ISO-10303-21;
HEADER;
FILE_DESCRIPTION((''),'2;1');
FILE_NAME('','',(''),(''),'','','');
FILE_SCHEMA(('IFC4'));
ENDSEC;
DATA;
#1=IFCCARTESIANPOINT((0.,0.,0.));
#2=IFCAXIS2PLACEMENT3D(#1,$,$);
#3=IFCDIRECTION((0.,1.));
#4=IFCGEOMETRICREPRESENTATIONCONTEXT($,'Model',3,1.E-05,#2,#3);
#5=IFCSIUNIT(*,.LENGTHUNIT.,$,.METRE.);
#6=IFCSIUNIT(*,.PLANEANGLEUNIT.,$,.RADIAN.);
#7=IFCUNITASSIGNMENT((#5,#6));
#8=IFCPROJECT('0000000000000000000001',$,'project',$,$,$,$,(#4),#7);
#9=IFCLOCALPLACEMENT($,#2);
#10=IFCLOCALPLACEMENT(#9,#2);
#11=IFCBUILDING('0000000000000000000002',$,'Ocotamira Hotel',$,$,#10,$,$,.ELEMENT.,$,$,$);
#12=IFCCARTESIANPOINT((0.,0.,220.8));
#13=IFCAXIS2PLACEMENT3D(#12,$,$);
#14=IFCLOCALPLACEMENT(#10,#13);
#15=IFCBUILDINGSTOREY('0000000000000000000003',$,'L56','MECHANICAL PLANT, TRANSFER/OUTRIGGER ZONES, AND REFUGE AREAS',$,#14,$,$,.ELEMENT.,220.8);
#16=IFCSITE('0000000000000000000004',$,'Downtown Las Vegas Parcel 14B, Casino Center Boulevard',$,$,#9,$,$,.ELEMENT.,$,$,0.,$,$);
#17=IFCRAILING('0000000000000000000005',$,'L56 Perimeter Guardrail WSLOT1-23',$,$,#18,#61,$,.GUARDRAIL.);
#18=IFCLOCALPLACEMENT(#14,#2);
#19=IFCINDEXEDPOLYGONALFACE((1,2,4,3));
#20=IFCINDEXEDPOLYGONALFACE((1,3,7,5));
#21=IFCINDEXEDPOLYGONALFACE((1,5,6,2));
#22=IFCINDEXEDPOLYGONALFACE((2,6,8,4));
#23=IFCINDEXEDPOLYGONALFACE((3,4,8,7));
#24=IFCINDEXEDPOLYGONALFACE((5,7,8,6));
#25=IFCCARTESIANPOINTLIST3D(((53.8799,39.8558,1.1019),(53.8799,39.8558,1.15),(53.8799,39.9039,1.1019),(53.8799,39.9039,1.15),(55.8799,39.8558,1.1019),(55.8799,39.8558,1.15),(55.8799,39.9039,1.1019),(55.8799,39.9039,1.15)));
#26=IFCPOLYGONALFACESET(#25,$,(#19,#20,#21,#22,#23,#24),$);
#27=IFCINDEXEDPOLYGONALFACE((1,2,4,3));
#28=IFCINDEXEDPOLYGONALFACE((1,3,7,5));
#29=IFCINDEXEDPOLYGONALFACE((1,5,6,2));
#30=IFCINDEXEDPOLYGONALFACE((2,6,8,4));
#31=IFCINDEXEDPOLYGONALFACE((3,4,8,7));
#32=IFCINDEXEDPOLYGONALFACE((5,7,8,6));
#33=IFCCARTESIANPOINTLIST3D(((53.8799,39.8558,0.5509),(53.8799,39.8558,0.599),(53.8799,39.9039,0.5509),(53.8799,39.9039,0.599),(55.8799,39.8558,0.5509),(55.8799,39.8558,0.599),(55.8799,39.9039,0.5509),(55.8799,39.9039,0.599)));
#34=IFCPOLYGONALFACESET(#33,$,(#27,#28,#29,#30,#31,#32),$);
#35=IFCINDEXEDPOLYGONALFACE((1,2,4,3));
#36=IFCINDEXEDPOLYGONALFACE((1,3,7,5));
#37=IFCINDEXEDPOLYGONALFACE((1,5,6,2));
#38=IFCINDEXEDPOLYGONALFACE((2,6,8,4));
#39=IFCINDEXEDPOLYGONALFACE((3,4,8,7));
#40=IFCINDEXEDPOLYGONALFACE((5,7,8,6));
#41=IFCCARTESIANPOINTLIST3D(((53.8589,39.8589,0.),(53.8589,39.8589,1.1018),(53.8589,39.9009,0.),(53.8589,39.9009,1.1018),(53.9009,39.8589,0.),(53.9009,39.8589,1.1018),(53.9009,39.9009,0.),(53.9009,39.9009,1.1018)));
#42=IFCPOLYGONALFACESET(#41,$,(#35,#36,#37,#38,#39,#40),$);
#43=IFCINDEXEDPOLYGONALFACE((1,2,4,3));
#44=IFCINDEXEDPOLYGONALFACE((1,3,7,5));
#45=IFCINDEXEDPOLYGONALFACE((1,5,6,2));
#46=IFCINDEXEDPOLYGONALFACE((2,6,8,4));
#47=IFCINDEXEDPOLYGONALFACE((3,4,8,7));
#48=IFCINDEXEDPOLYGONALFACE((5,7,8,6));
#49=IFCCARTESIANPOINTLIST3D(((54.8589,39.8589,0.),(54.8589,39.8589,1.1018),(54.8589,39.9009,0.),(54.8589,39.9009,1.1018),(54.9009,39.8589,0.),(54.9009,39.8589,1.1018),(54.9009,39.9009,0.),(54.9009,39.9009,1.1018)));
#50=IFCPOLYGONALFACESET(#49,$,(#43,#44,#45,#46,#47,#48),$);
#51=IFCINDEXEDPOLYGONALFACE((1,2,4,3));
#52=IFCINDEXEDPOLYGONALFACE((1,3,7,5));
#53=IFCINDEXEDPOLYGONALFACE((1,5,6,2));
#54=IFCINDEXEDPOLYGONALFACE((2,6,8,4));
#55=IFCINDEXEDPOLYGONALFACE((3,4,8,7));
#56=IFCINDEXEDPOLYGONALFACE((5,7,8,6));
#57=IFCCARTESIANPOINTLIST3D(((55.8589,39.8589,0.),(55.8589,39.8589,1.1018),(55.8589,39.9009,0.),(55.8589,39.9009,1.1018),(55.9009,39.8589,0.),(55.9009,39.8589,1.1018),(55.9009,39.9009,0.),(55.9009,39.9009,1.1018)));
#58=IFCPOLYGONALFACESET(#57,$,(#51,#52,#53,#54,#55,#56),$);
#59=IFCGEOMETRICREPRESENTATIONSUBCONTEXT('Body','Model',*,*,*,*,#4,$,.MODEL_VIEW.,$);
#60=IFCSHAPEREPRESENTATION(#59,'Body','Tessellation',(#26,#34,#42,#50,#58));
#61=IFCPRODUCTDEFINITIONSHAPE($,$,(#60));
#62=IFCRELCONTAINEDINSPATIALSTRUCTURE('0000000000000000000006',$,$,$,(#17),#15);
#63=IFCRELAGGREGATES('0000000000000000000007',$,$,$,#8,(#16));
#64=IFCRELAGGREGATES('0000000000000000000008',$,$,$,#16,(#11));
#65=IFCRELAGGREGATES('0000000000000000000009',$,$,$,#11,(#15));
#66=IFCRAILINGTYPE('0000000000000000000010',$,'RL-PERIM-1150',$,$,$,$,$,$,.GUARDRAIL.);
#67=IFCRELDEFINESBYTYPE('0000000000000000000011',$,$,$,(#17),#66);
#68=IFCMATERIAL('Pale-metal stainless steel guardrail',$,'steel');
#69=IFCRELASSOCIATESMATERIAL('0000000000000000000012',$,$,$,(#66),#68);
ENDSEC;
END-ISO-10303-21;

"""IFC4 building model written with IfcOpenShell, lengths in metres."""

from ifc_helpers import new_model, si_unit, direction, frame, origin, origin_2d, place, context, subcontext, project, spatial, rectangle, extrude, material, type_object, element, save


model = new_model("IFC4")

# Units and contexts
model_context = context("Model", 3, precision=1e-05, world=origin(), true_north=direction((0.0, 1.0)))
body_context = subcontext(model_context, "Body", "Model", "MODEL_VIEW")
ifc_project = project(units=[si_unit("LENGTHUNIT", "METRE"), si_unit("PLANEANGLEUNIT", "RADIAN")], contexts=[model_context])

# Site, building, storey
site_placement = place(None, origin())
site = spatial("IfcSite", under=ifc_project, at=site_placement, Name="Downtown Las Vegas Parcel 14B, Casino Center Boulevard", CompositionType="ELEMENT", RefElevation=0.0)
building_placement = place(site_placement, origin())
building = spatial("IfcBuilding", under=site, at=building_placement, Name="Ocotamira Hotel", CompositionType="ELEMENT")
storey_placement = place(building_placement, frame((0.0, 0.0, 220.8)))
storey = spatial("IfcBuildingStorey", under=building, at=storey_placement, Name="L56", Description="MECHANICAL PLANT, TRANSFER/OUTRIGGER ZONES, AND REFUGE AREAS", CompositionType="ELEMENT", Elevation=220.8)

# Railing
ifc_material_1 = material(Name="Pale-metal stainless steel guardrail", Category="steel")
railing_type = type_object("IfcRailingType", Name="RL-PERIM-1150", PredefinedType="GUARDRAIL", material=ifc_material_1)
railing_1_placement = place(storey_placement, frame((53.8799, 39.8799, 0.0)))
element("IfcRailing", 1, at=railing_1_placement, inside=storey, type_object=railing_type, Name="L56 Perimeter Guardrail WSLOT1-23", PredefinedType="GUARDRAIL", context=body_context, shape_type="SweptSolid", body=[
    extrude(rectangle(XDim=0.0481, YDim=0.0481, at=origin_2d()), frame((0.0, 0.0, 1.126), z_axis=(1.0, 0.0, 0.0), x_axis=(0.0, 1.0, 0.0)), (0.0, 0.0, 1.0), 2.0),
    extrude(rectangle(XDim=0.0481, YDim=0.0481, at=origin_2d()), frame((0.0, 0.0, 0.575), z_axis=(1.0, 0.0, 0.0), x_axis=(0.0, 1.0, 0.0)), (0.0, 0.0, 1.0), 2.0),
    extrude(rectangle(XDim=0.042, YDim=0.042, at=origin_2d()), origin(), (0.0, 0.0, 1.0), 1.1018),
    extrude(rectangle(XDim=0.042, YDim=0.042, at=origin_2d()), frame((1.0, 0.0, 0.0)), (0.0, 0.0, 1.0), 1.1018),
    extrude(rectangle(XDim=0.042, YDim=0.042, at=origin_2d()), frame((2.0, 0.0, 0.0)), (0.0, 0.0, 1.0), 1.1018),
])

save(model, "model.ifc")
